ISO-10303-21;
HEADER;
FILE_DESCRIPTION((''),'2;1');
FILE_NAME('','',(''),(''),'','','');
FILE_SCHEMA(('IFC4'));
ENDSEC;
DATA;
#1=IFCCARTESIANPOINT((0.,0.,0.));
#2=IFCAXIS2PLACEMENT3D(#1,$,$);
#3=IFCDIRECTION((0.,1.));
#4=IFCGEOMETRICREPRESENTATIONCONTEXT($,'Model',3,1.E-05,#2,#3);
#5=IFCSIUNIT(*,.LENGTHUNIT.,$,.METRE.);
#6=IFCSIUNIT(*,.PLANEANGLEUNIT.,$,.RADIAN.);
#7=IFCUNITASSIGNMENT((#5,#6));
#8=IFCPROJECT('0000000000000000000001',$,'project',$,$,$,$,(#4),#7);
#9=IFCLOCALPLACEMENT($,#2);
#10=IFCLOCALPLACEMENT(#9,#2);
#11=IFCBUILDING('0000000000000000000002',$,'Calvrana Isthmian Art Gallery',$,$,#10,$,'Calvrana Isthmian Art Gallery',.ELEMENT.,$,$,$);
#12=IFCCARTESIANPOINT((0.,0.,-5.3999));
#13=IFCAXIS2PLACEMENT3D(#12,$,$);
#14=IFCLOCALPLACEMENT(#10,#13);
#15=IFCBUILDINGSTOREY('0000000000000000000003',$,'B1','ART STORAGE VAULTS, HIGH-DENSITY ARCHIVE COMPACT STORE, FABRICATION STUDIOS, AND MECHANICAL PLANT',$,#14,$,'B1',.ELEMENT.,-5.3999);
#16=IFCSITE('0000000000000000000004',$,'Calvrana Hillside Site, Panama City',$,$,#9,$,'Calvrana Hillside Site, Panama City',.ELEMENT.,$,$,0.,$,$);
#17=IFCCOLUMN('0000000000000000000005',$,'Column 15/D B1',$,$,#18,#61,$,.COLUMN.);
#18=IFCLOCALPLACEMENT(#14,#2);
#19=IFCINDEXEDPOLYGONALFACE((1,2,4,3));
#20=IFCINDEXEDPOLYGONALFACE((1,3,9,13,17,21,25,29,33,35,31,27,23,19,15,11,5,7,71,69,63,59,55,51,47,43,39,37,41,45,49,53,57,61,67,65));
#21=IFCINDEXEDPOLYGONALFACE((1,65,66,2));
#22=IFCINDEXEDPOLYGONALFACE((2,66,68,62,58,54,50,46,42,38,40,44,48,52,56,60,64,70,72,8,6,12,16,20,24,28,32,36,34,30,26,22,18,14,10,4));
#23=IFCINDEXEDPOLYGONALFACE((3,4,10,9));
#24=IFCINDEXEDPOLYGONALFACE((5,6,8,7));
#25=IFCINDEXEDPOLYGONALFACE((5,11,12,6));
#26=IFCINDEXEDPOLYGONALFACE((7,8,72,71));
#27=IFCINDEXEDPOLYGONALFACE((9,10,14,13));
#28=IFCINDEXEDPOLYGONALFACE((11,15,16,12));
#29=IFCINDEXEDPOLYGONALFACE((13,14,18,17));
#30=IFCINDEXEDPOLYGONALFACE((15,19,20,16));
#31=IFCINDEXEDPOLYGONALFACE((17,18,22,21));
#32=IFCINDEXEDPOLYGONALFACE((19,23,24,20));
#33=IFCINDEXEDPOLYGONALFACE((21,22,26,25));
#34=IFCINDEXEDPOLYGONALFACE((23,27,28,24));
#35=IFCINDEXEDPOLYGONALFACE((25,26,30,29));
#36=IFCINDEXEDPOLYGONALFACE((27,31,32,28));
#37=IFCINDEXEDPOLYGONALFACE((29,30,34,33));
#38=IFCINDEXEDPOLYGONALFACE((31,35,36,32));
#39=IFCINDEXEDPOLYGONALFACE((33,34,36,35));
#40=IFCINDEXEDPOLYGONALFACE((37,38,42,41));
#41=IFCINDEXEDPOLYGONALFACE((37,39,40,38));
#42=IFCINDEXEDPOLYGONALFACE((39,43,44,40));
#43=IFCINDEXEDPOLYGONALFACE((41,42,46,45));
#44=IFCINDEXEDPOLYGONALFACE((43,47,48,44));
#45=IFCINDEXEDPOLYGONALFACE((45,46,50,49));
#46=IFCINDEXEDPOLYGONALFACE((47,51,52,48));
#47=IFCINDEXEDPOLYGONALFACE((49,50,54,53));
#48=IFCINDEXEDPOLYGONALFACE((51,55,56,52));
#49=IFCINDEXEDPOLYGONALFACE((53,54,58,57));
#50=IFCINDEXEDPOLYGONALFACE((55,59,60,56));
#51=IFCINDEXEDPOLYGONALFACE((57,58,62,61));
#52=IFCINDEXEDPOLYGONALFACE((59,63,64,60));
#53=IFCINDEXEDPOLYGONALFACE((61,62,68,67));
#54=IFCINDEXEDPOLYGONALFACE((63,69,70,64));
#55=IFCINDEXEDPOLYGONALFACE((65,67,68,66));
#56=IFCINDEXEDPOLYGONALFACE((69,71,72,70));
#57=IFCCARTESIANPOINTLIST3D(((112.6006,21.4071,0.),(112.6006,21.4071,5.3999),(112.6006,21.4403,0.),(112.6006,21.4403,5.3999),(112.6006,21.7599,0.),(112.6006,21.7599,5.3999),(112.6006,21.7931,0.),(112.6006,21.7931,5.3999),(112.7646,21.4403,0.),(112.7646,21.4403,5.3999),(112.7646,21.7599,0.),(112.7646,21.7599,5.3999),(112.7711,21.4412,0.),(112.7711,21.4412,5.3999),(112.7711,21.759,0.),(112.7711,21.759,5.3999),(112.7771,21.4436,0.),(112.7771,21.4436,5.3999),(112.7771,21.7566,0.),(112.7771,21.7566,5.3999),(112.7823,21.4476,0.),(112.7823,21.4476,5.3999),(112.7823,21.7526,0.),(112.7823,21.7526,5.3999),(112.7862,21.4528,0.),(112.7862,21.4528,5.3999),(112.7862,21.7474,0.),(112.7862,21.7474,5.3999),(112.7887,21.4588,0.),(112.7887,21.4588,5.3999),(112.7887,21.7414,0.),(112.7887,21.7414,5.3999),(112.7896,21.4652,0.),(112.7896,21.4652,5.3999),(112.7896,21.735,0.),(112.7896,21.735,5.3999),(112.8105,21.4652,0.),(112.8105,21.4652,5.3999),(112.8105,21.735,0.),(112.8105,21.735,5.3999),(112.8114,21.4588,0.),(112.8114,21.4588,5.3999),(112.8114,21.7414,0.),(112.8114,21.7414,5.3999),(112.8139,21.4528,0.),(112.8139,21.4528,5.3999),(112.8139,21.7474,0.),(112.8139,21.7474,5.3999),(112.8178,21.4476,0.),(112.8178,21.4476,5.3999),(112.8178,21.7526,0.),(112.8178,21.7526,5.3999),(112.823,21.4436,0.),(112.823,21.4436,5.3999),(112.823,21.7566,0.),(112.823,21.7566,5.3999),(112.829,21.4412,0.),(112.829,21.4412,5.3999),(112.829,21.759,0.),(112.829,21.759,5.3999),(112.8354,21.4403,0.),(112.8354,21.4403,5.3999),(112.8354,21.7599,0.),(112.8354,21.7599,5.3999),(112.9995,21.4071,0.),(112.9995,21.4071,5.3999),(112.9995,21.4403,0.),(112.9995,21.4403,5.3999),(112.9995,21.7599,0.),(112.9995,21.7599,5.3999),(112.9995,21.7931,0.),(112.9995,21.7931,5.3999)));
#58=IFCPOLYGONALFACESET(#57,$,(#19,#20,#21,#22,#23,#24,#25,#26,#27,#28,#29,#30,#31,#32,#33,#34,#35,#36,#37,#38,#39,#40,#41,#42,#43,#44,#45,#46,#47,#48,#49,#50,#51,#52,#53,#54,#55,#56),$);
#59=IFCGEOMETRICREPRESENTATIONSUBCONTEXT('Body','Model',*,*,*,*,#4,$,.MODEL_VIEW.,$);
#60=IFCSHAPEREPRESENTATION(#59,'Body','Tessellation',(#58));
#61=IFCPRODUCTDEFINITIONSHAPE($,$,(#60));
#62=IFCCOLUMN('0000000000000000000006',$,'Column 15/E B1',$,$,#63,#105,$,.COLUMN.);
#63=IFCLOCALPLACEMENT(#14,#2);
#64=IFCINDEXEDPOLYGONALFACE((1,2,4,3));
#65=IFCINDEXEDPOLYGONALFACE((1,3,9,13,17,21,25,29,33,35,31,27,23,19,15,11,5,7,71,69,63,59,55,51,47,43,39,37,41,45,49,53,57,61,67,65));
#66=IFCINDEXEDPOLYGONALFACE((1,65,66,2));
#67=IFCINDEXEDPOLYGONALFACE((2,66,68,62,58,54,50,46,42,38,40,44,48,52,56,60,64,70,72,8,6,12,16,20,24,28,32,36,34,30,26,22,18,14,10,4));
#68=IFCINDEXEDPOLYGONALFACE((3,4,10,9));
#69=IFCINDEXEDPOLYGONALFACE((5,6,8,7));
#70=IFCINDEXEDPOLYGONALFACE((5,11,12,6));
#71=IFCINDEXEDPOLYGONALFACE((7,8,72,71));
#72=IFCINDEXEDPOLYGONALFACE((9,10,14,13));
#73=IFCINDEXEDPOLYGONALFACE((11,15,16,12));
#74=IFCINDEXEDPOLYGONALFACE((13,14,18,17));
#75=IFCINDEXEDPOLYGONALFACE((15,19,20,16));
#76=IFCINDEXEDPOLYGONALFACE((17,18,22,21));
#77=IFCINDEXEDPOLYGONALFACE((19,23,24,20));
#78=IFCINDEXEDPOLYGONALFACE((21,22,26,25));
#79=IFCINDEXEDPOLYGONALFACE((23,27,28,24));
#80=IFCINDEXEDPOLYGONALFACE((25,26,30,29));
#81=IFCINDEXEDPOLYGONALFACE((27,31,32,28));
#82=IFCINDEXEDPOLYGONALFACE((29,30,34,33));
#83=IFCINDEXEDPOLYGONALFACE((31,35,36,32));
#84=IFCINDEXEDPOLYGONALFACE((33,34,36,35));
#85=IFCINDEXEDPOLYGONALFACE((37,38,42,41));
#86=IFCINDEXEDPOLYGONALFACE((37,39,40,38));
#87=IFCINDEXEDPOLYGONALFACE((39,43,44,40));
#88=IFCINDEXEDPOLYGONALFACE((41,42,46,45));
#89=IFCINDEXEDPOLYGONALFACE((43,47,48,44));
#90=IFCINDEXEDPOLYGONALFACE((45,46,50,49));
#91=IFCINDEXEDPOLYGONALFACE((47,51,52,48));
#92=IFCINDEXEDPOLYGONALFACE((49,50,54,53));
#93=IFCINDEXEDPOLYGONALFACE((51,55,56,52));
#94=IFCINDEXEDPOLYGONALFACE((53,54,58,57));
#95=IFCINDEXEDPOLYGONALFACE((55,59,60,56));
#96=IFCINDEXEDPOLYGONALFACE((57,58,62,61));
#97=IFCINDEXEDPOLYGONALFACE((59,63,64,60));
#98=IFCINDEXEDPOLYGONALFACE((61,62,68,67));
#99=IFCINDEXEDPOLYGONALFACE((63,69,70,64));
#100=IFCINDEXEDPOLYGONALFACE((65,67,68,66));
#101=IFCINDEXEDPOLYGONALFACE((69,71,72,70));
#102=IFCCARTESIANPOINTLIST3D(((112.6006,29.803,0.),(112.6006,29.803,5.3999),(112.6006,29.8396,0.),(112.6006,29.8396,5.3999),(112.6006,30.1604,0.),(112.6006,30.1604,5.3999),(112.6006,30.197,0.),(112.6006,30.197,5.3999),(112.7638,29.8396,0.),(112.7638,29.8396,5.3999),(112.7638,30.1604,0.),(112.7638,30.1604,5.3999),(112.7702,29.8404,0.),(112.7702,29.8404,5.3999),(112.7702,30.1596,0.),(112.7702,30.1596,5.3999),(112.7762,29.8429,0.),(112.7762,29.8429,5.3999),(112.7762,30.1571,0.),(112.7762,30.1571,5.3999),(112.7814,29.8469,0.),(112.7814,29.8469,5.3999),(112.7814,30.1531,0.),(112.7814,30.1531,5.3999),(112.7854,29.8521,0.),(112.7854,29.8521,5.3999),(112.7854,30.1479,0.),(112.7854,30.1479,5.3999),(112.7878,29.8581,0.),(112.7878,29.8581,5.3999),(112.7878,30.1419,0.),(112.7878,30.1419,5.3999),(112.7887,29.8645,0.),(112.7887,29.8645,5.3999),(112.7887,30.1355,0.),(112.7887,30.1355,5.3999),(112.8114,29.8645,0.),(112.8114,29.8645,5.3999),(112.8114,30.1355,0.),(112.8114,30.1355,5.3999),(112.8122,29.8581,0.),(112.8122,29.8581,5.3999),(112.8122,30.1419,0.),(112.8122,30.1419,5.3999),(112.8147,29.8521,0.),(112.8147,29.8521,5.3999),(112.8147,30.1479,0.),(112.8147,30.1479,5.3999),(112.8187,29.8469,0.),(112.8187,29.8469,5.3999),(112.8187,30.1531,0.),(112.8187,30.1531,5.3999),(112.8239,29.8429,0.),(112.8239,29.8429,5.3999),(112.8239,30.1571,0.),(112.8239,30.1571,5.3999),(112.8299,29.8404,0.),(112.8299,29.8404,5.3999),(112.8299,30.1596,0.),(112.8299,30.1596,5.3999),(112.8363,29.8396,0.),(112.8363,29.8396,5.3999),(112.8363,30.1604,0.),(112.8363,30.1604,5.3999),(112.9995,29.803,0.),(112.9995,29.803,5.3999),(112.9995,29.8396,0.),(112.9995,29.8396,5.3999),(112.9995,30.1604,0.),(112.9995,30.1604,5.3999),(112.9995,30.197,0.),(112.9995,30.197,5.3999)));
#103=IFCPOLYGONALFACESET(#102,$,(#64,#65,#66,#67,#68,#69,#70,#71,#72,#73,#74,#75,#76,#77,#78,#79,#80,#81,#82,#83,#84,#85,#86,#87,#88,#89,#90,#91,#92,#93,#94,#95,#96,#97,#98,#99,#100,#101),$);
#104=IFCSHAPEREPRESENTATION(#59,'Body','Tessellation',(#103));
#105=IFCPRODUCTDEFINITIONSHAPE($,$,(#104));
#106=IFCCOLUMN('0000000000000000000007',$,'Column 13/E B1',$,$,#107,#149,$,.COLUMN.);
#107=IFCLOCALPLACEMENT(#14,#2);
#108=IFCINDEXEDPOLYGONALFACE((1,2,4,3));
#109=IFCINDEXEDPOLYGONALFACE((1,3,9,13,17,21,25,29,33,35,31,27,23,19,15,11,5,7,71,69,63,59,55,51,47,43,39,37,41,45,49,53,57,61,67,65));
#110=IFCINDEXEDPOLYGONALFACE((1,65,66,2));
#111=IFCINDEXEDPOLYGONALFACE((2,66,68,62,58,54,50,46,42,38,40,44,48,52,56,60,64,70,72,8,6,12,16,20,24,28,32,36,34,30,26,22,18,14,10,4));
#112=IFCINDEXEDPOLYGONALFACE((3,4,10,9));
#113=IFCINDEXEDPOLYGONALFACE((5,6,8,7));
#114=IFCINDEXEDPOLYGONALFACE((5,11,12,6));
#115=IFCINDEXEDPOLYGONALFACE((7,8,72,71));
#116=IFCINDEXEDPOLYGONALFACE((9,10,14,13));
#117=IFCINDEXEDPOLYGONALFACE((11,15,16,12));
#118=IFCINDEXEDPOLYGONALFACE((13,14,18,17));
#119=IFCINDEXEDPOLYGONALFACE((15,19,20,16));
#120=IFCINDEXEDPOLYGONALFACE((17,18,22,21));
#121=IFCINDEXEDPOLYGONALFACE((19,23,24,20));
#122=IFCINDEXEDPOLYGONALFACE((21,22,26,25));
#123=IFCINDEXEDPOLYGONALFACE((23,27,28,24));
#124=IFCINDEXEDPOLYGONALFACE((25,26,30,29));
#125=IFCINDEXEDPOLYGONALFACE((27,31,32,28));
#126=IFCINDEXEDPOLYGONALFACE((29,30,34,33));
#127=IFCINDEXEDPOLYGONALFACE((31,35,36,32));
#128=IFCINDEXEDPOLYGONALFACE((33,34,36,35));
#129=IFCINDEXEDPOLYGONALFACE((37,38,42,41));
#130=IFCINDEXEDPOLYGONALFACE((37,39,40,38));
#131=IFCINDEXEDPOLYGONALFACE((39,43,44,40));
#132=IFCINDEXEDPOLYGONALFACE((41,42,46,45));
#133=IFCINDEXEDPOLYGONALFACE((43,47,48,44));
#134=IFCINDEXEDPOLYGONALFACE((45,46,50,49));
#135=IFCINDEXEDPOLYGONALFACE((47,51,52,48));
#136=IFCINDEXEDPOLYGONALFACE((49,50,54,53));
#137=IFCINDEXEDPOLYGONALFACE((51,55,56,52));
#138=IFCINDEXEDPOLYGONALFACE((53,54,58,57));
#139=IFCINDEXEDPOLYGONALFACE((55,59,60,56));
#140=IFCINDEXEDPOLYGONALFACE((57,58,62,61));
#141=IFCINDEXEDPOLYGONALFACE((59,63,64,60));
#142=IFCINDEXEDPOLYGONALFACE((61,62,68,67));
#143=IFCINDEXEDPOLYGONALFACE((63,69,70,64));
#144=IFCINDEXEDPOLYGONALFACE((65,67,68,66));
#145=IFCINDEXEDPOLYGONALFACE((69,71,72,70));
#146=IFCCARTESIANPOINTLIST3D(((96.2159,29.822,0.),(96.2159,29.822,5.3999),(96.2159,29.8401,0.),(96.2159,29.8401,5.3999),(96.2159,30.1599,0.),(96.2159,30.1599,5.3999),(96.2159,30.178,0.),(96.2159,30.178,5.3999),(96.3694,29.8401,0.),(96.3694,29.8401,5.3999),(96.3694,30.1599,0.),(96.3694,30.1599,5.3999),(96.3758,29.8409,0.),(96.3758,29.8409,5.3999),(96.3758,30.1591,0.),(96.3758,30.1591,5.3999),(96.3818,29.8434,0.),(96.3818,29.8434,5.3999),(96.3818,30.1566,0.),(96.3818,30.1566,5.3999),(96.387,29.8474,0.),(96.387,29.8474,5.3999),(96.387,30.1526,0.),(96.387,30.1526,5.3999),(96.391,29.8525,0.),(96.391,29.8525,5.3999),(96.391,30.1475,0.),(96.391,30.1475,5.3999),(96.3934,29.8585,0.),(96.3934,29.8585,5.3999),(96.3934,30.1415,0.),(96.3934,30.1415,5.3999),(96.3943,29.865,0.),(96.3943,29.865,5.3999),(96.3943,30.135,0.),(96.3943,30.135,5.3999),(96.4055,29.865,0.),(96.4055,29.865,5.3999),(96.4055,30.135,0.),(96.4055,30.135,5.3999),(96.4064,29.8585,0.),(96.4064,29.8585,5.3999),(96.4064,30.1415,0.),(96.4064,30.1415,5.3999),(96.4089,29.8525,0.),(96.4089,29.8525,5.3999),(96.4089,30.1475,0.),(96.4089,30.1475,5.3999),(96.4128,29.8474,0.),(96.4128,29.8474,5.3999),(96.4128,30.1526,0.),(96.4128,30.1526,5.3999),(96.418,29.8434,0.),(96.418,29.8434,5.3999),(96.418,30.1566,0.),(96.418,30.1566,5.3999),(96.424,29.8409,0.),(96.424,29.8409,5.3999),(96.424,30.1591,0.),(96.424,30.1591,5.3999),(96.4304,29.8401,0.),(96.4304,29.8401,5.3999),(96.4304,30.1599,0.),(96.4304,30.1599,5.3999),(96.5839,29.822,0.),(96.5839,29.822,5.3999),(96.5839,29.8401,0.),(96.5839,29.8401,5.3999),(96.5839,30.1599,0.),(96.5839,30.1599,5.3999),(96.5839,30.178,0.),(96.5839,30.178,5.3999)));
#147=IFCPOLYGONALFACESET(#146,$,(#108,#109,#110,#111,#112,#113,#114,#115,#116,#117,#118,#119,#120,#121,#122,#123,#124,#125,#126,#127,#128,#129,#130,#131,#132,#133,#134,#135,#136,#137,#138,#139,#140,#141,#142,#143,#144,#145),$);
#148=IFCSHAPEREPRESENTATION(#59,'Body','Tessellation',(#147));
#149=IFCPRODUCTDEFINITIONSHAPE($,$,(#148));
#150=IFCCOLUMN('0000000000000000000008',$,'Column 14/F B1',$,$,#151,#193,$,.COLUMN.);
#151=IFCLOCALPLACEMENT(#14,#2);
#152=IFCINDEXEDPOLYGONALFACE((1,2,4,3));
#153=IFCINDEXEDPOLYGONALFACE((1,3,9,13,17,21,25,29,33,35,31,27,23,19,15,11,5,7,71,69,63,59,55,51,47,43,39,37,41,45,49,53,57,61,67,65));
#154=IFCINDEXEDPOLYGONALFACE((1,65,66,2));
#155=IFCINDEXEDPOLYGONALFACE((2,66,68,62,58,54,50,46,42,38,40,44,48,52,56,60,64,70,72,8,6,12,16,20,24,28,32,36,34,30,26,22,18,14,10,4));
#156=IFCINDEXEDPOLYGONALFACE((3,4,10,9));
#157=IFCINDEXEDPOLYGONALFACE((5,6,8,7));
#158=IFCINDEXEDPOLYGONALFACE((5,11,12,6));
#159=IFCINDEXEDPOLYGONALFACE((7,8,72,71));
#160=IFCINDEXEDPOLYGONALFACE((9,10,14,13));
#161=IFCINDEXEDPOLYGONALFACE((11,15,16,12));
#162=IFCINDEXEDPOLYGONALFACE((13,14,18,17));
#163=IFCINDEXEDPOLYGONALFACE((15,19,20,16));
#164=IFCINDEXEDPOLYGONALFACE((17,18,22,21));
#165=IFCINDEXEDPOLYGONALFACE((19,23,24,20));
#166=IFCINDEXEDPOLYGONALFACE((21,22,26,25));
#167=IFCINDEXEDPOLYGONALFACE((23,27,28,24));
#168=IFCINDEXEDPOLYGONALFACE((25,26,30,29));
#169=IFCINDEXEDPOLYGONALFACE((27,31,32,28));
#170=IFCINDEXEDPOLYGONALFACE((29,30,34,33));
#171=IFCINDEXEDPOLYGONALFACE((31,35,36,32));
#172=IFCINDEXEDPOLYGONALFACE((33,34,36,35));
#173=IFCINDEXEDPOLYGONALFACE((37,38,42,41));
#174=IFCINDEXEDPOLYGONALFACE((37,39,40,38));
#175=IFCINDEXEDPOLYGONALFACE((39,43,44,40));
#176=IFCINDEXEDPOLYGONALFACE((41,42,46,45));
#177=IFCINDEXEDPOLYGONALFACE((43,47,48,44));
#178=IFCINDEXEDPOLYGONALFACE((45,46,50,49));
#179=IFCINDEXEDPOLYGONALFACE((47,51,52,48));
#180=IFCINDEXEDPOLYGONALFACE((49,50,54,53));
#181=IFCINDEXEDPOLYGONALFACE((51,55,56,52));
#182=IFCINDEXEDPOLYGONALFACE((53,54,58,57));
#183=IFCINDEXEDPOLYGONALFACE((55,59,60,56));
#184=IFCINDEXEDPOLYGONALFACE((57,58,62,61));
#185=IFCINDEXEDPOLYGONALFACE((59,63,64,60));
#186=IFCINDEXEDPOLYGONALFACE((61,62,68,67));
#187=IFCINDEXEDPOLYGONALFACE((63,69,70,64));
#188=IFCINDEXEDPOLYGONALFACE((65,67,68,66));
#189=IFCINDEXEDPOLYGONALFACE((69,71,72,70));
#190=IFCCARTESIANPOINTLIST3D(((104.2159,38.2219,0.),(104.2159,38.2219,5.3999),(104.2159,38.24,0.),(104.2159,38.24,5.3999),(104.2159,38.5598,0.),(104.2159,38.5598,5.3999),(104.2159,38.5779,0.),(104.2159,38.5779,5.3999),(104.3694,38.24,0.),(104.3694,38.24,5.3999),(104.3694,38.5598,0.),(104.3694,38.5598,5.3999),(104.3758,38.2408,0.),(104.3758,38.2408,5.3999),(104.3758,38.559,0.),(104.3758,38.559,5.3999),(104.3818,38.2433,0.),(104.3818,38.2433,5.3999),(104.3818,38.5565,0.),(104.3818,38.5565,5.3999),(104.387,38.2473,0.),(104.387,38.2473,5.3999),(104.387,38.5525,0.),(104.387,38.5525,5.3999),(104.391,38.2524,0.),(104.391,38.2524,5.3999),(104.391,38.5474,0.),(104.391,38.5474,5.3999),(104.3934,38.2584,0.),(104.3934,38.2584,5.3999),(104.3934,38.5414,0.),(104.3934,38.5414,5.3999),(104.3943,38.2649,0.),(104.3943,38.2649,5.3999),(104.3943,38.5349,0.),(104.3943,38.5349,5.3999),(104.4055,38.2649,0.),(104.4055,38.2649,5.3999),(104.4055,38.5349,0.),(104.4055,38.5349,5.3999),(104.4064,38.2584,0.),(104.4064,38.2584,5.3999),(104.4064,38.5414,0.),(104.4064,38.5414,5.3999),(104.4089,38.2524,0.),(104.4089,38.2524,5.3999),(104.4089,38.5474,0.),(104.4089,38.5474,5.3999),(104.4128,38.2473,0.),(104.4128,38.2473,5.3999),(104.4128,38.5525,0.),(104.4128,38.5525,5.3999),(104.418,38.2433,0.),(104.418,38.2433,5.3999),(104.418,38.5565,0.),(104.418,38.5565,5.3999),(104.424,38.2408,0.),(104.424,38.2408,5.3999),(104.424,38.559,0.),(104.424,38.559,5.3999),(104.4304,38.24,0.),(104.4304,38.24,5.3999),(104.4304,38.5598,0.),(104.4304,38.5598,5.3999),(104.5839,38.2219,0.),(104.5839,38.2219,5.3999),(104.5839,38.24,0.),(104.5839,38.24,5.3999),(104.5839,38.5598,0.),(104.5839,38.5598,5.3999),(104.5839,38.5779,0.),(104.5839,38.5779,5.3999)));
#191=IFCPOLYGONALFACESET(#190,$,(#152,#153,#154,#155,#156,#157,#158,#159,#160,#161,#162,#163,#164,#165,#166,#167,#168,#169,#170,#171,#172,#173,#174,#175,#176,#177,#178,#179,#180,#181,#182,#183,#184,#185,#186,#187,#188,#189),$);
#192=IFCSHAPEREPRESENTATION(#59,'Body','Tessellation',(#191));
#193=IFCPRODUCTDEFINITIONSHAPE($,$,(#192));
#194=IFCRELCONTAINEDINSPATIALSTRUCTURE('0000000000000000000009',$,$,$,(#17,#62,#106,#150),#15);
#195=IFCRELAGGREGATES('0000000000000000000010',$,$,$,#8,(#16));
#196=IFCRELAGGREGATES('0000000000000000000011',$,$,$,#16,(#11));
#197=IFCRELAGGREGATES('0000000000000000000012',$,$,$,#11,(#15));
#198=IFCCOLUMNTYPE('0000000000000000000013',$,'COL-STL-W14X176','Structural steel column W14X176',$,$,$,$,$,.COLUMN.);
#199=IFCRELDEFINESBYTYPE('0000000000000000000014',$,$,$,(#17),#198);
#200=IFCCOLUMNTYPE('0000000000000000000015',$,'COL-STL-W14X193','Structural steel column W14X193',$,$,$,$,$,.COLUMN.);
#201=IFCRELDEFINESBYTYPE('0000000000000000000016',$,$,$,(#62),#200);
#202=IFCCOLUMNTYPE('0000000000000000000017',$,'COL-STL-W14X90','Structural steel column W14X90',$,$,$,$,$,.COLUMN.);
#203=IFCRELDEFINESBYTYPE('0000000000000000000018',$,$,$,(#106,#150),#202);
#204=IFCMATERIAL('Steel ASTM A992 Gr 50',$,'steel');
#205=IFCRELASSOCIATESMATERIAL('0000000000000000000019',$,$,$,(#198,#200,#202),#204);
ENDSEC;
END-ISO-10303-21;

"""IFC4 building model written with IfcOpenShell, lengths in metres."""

from ifc_helpers import new_model, si_unit, direction, frame, origin, origin_2d, place, context, subcontext, project, spatial, i_section, extrude, material, material_profile, profile_set, type_object, element, save


model = new_model("IFC4")

# Units and contexts
model_context = context("Model", 3, precision=1e-05, world=origin(), true_north=direction((0.0, 1.0)))
body_context = subcontext(model_context, "Body", "Model", "MODEL_VIEW")
ifc_project = project(units=[si_unit("LENGTHUNIT", "METRE"), si_unit("PLANEANGLEUNIT", "RADIAN")], contexts=[model_context])

# Site, building, storey
site_placement = place(None, origin())
site = spatial("IfcSite", under=ifc_project, at=site_placement, Name="Calvrana Hillside Site, Panama City", LongName="Calvrana Hillside Site, Panama City", CompositionType="ELEMENT", RefElevation=0.0)
building_placement = place(site_placement, origin())
building = spatial("IfcBuilding", under=site, at=building_placement, Name="Calvrana Isthmian Art Gallery", LongName="Calvrana Isthmian Art Gallery", CompositionType="ELEMENT")
storey_placement = place(building_placement, frame((0.0, 0.0, -5.3999)))
storey = spatial("IfcBuildingStorey", under=building, at=storey_placement, Name="B1", Description="ART STORAGE VAULTS, HIGH-DENSITY ARCHIVE COMPACT STORE, FABRICATION STUDIOS, AND MECHANICAL PLANT", LongName="B1", CompositionType="ELEMENT", Elevation=-5.3999)

# Columns
ifc_material_1 = material(Name="Steel ASTM A992 Gr 50", Category="steel")
ifc_material_profile_1 = material_profile(ifc_material_1, i_section(OverallWidth=0.3989, OverallDepth=0.386, WebThickness=0.021, FlangeThickness=0.0332, FilletRadius=0.0249, at=origin_2d()), Name="W14X176")
ifc_profile_set_1 = profile_set([ifc_material_profile_1], Name="Steel ASTM A992 Gr 50")
column_type_1 = type_object("IfcColumnType", Name="COL-STL-W14X176", Description="Structural steel column W14X176", PredefinedType="COLUMN", material=ifc_profile_set_1)
column_1_placement = place(storey_placement, frame((112.8, 21.6001, 0.0), z_axis=(0.0, 0.0, 1.0), x_axis=(1.0, 0.0, 0.0)))
element("IfcColumn", 1, at=column_1_placement, inside=storey, type_object=column_type_1, Name="Column 15/D B1", PredefinedType="COLUMN", context=body_context, shape_type="SweptSolid", body=[
    extrude(i_section(OverallWidth=0.3989, OverallDepth=0.386, WebThickness=0.021, FlangeThickness=0.0332, FilletRadius=0.0249, at=origin_2d()), origin(), (0.0, 0.0, 1.0), 5.3999),
])
ifc_material_profile_2 = material_profile(ifc_material_1, i_section(OverallWidth=0.3989, OverallDepth=0.394, WebThickness=0.0227, FlangeThickness=0.0366, FilletRadius=0.0249, at=origin_2d()), Name="W14X193")
ifc_profile_set_2 = profile_set([ifc_material_profile_2], Name="Steel ASTM A992 Gr 50")
column_type_2 = type_object("IfcColumnType", Name="COL-STL-W14X193", Description="Structural steel column W14X193", PredefinedType="COLUMN", material=ifc_profile_set_2)
column_2_placement = place(storey_placement, frame((112.8, 30.0, 0.0), z_axis=(0.0, 0.0, 1.0), x_axis=(1.0, 0.0, 0.0)))
element("IfcColumn", 2, at=column_2_placement, inside=storey, type_object=column_type_2, Name="Column 15/E B1", PredefinedType="COLUMN", context=body_context, shape_type="SweptSolid", body=[
    extrude(i_section(OverallWidth=0.3989, OverallDepth=0.394, WebThickness=0.0227, FlangeThickness=0.0366, FilletRadius=0.0249, at=origin_2d()), origin(), (0.0, 0.0, 1.0), 5.3999),
])
ifc_material_profile_3 = material_profile(ifc_material_1, i_section(OverallWidth=0.3679, OverallDepth=0.356, WebThickness=0.0112, FlangeThickness=0.0181, FilletRadius=0.0249, at=origin_2d()), Name="W14X90")
ifc_profile_set_3 = profile_set([ifc_material_profile_3], Name="Steel ASTM A992 Gr 50")
column_type_3 = type_object("IfcColumnType", Name="COL-STL-W14X90", Description="Structural steel column W14X90", PredefinedType="COLUMN", material=ifc_profile_set_3)
for number, where, z_axis, x_axis, name in (
    (3, (96.3999, 30.0, 0.0), (0.0, 0.0, 1.0), (1.0, 0.0, 0.0), "Column 13/E B1"),
    (4, (104.3999, 38.3999, 0.0), (0.0, 0.0, 1.0), (1.0, 0.0, 0.0), "Column 14/F B1"),
):
    element("IfcColumn", number, at=place(storey_placement, frame(where, z_axis=z_axis, x_axis=x_axis)), inside=storey, type_object=column_type_3, Name=name, PredefinedType="COLUMN", context=body_context, shape_type="SweptSolid", body=[
        extrude(i_section(OverallWidth=0.3679, OverallDepth=0.356, WebThickness=0.0112, FlangeThickness=0.0181, FilletRadius=0.0249, at=origin_2d()), origin(), (0.0, 0.0, 1.0), 5.3999),
    ])

save(model, "model.ifc")
